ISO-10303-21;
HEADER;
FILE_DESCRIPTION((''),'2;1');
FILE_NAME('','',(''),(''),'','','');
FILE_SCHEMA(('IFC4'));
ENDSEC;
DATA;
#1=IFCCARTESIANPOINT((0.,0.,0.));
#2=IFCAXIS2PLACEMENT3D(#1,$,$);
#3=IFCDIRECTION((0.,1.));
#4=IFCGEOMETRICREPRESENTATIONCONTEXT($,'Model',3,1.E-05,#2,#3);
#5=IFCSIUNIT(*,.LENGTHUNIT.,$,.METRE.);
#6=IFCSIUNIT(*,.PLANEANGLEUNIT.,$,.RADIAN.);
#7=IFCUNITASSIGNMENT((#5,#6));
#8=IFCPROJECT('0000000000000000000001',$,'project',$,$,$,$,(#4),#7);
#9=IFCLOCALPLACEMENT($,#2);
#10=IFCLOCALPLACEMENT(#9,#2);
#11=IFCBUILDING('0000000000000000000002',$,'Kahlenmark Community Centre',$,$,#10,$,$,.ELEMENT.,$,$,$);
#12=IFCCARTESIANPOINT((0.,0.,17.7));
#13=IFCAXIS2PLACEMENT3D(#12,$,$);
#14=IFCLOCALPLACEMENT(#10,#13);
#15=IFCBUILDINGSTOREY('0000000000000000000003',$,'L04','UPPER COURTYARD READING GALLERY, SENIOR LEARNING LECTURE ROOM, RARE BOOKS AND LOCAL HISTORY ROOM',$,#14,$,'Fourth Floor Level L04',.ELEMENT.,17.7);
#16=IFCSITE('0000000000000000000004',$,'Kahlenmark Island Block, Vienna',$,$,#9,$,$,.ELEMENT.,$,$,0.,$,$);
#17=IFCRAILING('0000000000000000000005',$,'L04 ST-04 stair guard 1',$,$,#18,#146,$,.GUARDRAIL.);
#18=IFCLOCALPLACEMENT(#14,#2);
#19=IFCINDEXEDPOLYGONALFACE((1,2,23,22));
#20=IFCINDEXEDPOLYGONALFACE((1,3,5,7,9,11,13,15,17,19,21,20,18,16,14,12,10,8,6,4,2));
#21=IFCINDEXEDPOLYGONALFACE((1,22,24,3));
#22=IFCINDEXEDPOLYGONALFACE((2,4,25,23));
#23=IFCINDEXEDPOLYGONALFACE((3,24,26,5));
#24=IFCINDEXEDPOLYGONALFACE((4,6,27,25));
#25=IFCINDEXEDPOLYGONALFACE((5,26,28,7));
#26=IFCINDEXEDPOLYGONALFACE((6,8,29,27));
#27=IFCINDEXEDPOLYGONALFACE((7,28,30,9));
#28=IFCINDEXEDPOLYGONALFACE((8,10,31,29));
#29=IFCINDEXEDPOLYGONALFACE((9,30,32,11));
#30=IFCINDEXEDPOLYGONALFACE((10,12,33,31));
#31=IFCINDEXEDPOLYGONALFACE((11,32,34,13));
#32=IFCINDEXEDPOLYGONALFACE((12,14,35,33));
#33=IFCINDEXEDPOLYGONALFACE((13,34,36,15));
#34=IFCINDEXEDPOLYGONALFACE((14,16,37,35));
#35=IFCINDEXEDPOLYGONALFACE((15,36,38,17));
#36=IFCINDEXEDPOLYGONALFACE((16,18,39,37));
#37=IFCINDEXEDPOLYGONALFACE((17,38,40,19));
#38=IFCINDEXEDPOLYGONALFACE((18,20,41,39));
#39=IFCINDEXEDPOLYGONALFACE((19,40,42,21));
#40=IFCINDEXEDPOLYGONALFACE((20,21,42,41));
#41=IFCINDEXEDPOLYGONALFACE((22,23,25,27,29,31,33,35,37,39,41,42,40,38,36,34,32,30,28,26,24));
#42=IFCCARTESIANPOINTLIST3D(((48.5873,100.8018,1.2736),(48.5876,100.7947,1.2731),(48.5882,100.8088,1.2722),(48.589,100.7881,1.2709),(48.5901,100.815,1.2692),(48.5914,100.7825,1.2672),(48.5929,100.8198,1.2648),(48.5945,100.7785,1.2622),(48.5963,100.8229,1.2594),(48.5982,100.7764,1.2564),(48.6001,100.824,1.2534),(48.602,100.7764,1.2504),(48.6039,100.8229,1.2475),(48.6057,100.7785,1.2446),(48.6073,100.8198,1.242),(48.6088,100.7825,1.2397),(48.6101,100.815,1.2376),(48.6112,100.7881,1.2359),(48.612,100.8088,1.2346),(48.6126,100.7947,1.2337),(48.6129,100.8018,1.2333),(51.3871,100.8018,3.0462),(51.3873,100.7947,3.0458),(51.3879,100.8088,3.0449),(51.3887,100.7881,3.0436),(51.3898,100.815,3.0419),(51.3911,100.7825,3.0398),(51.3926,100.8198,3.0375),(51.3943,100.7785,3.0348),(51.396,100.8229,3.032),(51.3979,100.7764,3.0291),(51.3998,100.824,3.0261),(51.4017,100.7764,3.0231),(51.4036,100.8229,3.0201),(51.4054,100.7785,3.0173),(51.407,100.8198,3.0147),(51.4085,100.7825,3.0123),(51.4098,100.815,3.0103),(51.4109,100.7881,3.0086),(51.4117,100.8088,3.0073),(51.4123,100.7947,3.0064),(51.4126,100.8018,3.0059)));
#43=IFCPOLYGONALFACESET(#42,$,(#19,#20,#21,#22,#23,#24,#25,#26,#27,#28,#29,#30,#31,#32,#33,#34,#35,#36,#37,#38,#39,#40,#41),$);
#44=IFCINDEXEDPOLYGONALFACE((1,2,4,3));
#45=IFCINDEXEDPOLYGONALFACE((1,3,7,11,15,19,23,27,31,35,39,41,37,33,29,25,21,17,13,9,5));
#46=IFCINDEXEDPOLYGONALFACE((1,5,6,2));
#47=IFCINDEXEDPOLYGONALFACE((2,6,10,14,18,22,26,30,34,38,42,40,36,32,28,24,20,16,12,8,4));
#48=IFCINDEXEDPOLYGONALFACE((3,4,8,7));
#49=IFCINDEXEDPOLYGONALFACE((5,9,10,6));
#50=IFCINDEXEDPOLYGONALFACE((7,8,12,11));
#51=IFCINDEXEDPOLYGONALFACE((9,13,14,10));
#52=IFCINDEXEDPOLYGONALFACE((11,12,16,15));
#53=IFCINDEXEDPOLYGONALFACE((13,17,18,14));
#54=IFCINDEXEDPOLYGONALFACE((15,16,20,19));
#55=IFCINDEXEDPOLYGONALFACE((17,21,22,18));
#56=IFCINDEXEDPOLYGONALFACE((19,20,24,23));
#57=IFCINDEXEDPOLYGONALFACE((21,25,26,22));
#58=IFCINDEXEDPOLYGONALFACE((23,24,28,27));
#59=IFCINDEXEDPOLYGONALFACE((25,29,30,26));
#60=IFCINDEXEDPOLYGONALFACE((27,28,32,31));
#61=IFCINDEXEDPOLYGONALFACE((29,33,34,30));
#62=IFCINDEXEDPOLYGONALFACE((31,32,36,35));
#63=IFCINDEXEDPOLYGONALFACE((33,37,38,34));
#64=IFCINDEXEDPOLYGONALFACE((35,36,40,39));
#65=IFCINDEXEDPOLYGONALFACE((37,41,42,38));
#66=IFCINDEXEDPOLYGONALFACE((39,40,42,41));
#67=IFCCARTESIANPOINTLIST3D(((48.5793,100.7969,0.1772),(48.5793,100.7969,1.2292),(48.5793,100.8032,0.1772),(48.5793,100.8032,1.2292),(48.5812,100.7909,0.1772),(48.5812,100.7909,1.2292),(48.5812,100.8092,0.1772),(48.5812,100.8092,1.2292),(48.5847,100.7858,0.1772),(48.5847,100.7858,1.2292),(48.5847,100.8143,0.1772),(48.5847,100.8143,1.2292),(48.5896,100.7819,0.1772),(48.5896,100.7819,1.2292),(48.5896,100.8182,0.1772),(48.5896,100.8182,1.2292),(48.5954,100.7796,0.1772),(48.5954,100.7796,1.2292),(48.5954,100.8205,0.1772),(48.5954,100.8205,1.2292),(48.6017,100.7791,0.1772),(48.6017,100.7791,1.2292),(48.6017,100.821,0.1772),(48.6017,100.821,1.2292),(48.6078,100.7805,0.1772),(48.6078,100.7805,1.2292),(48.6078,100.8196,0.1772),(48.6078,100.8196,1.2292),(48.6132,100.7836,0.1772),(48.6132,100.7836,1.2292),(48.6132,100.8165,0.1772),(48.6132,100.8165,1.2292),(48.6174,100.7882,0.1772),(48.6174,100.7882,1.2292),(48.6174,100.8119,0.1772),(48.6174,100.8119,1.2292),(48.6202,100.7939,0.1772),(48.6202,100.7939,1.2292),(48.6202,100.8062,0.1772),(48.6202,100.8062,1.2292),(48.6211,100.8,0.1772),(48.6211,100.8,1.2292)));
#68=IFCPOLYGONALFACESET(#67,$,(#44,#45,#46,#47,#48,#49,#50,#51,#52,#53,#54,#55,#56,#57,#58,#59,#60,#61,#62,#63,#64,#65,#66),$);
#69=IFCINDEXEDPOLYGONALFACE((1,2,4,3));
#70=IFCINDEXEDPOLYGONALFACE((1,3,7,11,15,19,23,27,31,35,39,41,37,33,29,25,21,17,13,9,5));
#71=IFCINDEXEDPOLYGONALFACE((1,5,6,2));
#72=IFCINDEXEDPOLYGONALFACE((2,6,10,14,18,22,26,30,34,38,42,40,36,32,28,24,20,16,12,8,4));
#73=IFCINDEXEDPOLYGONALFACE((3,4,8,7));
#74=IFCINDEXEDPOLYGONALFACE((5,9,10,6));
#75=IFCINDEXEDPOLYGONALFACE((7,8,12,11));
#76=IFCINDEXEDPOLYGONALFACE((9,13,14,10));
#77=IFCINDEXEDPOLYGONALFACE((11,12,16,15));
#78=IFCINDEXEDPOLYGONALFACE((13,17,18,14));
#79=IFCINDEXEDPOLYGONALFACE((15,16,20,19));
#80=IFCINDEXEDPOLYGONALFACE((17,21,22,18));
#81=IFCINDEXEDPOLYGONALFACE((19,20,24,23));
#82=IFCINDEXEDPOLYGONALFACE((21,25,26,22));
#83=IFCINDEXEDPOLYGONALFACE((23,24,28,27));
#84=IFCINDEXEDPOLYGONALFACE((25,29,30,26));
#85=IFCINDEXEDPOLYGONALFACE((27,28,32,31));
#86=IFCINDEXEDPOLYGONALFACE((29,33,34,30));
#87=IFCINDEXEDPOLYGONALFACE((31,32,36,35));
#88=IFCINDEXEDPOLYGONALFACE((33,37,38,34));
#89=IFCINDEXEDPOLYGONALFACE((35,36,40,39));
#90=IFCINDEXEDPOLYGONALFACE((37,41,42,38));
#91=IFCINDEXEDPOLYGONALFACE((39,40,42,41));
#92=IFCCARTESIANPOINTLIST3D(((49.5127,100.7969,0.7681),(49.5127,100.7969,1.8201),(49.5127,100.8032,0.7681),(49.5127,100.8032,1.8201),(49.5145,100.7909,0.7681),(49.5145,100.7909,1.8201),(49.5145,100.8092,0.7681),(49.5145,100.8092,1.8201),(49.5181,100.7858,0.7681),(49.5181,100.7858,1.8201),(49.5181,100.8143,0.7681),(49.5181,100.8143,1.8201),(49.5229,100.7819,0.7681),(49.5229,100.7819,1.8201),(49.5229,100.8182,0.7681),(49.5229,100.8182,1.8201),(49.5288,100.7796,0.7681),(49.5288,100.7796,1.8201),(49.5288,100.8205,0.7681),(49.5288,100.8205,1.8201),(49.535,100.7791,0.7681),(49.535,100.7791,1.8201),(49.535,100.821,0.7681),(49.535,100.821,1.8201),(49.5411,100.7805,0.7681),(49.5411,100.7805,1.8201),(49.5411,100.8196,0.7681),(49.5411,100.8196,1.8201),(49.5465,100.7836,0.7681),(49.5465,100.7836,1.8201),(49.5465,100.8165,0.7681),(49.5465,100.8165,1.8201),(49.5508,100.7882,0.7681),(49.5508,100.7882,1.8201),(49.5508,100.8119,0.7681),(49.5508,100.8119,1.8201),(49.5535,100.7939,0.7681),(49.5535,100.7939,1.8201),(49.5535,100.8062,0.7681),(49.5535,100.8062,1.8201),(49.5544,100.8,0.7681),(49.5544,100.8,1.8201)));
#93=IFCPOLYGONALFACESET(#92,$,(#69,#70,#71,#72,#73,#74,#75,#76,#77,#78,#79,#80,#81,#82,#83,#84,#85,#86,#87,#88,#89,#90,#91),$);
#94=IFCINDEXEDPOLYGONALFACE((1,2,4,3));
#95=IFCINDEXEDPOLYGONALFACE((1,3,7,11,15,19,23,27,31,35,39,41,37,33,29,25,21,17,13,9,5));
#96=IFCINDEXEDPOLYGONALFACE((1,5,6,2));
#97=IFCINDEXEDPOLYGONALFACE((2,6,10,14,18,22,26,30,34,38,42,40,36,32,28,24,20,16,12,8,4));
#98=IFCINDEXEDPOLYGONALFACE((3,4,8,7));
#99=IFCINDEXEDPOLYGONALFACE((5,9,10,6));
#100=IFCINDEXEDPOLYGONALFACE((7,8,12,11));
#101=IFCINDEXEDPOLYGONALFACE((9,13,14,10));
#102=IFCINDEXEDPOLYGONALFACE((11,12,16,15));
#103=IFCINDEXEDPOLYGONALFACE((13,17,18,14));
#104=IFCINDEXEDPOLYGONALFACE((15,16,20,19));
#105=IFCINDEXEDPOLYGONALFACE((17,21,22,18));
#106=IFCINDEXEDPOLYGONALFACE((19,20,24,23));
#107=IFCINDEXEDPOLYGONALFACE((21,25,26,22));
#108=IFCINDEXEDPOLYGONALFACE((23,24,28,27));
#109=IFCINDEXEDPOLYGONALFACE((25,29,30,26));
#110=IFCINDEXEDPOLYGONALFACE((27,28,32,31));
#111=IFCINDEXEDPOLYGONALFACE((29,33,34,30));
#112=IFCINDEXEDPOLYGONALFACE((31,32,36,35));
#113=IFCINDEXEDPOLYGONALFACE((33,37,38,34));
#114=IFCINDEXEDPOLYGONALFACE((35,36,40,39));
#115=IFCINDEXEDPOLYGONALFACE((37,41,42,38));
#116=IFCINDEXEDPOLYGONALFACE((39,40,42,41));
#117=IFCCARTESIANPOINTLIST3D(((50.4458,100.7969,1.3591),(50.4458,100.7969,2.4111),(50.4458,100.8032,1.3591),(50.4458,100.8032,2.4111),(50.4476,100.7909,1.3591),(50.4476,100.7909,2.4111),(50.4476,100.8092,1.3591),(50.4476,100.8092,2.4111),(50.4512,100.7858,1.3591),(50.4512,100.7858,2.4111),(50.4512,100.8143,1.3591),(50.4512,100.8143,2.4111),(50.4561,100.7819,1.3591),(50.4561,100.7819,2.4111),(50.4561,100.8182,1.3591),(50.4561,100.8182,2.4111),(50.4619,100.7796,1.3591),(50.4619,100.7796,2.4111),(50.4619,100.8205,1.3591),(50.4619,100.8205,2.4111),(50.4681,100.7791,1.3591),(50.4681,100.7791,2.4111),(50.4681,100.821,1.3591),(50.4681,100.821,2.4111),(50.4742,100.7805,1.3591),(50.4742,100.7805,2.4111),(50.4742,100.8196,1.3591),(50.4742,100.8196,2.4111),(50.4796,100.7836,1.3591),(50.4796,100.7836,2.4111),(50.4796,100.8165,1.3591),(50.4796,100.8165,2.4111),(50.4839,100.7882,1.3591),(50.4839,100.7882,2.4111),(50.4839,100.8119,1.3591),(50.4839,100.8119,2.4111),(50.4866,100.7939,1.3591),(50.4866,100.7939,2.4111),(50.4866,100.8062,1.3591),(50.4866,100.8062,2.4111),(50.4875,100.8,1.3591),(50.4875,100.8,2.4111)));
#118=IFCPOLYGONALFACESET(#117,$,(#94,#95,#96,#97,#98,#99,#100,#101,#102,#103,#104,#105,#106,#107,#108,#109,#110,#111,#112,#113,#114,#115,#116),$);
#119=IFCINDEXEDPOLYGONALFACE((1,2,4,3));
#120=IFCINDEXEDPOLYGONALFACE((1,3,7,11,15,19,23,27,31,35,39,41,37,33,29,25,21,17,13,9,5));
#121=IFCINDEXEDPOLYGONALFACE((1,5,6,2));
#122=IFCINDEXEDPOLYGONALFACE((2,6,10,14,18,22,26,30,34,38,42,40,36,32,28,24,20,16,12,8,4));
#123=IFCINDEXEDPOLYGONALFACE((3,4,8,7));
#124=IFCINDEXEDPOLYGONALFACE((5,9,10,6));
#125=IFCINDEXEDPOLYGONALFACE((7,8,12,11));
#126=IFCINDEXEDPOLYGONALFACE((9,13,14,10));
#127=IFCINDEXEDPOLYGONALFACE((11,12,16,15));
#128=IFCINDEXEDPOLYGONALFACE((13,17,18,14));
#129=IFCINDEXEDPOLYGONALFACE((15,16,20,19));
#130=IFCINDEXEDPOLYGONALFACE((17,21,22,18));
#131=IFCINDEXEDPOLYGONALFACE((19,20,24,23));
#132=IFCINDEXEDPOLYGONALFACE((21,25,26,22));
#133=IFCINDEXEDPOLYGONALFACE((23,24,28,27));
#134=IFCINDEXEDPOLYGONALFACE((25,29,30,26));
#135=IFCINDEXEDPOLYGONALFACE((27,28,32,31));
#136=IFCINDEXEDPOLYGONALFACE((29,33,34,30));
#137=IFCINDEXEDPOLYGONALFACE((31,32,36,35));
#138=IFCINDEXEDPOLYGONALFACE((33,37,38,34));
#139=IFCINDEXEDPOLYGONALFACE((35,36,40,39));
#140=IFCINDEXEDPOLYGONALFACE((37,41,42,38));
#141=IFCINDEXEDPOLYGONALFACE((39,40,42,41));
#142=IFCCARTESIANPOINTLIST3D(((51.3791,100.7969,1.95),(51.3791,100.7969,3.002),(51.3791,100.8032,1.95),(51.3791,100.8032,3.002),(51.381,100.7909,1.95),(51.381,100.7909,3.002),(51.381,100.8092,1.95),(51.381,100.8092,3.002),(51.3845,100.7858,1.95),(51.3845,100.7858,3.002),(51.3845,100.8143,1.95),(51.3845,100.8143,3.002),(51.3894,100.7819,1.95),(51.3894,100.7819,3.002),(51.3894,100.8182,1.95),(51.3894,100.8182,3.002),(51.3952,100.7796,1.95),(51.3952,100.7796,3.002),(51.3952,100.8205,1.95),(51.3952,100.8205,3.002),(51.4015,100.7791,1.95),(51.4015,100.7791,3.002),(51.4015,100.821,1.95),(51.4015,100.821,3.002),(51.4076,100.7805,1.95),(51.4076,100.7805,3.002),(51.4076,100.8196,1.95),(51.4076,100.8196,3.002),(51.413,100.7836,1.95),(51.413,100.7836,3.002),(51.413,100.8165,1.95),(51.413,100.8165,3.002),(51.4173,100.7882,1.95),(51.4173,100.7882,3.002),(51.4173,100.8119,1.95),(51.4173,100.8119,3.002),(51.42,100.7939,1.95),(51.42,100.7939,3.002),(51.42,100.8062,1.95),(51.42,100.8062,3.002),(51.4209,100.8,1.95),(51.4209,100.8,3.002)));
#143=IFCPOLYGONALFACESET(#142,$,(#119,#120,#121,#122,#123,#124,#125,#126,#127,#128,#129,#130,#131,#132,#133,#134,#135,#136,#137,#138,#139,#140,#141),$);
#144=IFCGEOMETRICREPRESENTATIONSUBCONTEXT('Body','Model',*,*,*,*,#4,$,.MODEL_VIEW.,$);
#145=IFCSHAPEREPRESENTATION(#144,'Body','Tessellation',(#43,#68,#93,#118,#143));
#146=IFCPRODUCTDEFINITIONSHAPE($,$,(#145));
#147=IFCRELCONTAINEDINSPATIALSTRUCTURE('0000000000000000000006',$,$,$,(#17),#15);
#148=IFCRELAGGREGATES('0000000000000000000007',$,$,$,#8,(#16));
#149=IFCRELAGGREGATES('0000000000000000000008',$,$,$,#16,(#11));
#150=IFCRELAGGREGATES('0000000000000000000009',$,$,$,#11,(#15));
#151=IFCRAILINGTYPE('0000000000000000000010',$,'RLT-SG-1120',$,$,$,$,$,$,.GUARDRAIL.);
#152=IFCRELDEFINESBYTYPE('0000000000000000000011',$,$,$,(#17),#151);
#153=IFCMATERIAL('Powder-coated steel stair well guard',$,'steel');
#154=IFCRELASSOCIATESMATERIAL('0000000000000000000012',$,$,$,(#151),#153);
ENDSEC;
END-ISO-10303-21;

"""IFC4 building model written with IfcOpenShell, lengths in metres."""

from ifc_helpers import new_model, si_unit, direction, frame, origin, origin_2d, place, context, subcontext, project, spatial, circle, extrude, material, type_object, element, save


model = new_model("IFC4")

# Units and contexts
model_context = context("Model", 3, precision=1e-05, world=origin(), true_north=direction((0.0, 1.0)))
body_context = subcontext(model_context, "Body", "Model", "MODEL_VIEW")
ifc_project = project(units=[si_unit("LENGTHUNIT", "METRE"), si_unit("PLANEANGLEUNIT", "RADIAN")], contexts=[model_context])

# Site, building, storey
site_placement = place(None, origin())
site = spatial("IfcSite", under=ifc_project, at=site_placement, Name="Kahlenmark Island Block, Vienna", CompositionType="ELEMENT", RefElevation=0.0)
building_placement = place(site_placement, origin())
building = spatial("IfcBuilding", under=site, at=building_placement, Name="Kahlenmark Community Centre", CompositionType="ELEMENT")
storey_placement = place(building_placement, frame((0.0, 0.0, 17.7)))
storey = spatial("IfcBuildingStorey", under=building, at=storey_placement, Name="L04", Description="UPPER COURTYARD READING GALLERY, SENIOR LEARNING LECTURE ROOM, RARE BOOKS AND LOCAL HISTORY ROOM", LongName="Fourth Floor Level L04", CompositionType="ELEMENT", Elevation=17.7)

# Railing
ifc_material_1 = material(Name="Powder-coated steel stair well guard", Category="steel")
railing_type_1 = type_object("IfcRailingType", Name="RLT-SG-1120", PredefinedType="GUARDRAIL", material=ifc_material_1)
railing_1_placement = place(storey_placement, frame((48.6001, 100.8, 0.1772)))
element("IfcRailing", 1, at=railing_1_placement, inside=storey, type_object=railing_type_1, Name="L04 ST-04 stair guard 1", PredefinedType="GUARDRAIL", context=body_context, shape_type="SweptSolid", body=[
    extrude(circle(Radius=0.0239, at=origin_2d()), frame((0.0, 0.0, 1.0762), z_axis=(0.844888, 0.0, 0.534943), x_axis=(0.0, 1.0, 0.0)), (0.0, 0.0, 1.0), 3.3137),
    extrude(circle(Radius=0.021, at=origin_2d()), origin(), (0.0, 0.0, 1.0), 1.052),
    extrude(circle(Radius=0.021, at=origin_2d()), frame((0.9333, 0.0, 0.5908)), (0.0, 0.0, 1.0), 1.052),
    extrude(circle(Radius=0.021, at=origin_2d()), frame((1.8665, 0.0, 1.1819)), (0.0, 0.0, 1.0), 1.052),
    extrude(circle(Radius=0.021, at=origin_2d()), frame((2.7998, 0.0, 1.7727)), (0.0, 0.0, 1.0), 1.052),
])

save(model, "model.ifc")
